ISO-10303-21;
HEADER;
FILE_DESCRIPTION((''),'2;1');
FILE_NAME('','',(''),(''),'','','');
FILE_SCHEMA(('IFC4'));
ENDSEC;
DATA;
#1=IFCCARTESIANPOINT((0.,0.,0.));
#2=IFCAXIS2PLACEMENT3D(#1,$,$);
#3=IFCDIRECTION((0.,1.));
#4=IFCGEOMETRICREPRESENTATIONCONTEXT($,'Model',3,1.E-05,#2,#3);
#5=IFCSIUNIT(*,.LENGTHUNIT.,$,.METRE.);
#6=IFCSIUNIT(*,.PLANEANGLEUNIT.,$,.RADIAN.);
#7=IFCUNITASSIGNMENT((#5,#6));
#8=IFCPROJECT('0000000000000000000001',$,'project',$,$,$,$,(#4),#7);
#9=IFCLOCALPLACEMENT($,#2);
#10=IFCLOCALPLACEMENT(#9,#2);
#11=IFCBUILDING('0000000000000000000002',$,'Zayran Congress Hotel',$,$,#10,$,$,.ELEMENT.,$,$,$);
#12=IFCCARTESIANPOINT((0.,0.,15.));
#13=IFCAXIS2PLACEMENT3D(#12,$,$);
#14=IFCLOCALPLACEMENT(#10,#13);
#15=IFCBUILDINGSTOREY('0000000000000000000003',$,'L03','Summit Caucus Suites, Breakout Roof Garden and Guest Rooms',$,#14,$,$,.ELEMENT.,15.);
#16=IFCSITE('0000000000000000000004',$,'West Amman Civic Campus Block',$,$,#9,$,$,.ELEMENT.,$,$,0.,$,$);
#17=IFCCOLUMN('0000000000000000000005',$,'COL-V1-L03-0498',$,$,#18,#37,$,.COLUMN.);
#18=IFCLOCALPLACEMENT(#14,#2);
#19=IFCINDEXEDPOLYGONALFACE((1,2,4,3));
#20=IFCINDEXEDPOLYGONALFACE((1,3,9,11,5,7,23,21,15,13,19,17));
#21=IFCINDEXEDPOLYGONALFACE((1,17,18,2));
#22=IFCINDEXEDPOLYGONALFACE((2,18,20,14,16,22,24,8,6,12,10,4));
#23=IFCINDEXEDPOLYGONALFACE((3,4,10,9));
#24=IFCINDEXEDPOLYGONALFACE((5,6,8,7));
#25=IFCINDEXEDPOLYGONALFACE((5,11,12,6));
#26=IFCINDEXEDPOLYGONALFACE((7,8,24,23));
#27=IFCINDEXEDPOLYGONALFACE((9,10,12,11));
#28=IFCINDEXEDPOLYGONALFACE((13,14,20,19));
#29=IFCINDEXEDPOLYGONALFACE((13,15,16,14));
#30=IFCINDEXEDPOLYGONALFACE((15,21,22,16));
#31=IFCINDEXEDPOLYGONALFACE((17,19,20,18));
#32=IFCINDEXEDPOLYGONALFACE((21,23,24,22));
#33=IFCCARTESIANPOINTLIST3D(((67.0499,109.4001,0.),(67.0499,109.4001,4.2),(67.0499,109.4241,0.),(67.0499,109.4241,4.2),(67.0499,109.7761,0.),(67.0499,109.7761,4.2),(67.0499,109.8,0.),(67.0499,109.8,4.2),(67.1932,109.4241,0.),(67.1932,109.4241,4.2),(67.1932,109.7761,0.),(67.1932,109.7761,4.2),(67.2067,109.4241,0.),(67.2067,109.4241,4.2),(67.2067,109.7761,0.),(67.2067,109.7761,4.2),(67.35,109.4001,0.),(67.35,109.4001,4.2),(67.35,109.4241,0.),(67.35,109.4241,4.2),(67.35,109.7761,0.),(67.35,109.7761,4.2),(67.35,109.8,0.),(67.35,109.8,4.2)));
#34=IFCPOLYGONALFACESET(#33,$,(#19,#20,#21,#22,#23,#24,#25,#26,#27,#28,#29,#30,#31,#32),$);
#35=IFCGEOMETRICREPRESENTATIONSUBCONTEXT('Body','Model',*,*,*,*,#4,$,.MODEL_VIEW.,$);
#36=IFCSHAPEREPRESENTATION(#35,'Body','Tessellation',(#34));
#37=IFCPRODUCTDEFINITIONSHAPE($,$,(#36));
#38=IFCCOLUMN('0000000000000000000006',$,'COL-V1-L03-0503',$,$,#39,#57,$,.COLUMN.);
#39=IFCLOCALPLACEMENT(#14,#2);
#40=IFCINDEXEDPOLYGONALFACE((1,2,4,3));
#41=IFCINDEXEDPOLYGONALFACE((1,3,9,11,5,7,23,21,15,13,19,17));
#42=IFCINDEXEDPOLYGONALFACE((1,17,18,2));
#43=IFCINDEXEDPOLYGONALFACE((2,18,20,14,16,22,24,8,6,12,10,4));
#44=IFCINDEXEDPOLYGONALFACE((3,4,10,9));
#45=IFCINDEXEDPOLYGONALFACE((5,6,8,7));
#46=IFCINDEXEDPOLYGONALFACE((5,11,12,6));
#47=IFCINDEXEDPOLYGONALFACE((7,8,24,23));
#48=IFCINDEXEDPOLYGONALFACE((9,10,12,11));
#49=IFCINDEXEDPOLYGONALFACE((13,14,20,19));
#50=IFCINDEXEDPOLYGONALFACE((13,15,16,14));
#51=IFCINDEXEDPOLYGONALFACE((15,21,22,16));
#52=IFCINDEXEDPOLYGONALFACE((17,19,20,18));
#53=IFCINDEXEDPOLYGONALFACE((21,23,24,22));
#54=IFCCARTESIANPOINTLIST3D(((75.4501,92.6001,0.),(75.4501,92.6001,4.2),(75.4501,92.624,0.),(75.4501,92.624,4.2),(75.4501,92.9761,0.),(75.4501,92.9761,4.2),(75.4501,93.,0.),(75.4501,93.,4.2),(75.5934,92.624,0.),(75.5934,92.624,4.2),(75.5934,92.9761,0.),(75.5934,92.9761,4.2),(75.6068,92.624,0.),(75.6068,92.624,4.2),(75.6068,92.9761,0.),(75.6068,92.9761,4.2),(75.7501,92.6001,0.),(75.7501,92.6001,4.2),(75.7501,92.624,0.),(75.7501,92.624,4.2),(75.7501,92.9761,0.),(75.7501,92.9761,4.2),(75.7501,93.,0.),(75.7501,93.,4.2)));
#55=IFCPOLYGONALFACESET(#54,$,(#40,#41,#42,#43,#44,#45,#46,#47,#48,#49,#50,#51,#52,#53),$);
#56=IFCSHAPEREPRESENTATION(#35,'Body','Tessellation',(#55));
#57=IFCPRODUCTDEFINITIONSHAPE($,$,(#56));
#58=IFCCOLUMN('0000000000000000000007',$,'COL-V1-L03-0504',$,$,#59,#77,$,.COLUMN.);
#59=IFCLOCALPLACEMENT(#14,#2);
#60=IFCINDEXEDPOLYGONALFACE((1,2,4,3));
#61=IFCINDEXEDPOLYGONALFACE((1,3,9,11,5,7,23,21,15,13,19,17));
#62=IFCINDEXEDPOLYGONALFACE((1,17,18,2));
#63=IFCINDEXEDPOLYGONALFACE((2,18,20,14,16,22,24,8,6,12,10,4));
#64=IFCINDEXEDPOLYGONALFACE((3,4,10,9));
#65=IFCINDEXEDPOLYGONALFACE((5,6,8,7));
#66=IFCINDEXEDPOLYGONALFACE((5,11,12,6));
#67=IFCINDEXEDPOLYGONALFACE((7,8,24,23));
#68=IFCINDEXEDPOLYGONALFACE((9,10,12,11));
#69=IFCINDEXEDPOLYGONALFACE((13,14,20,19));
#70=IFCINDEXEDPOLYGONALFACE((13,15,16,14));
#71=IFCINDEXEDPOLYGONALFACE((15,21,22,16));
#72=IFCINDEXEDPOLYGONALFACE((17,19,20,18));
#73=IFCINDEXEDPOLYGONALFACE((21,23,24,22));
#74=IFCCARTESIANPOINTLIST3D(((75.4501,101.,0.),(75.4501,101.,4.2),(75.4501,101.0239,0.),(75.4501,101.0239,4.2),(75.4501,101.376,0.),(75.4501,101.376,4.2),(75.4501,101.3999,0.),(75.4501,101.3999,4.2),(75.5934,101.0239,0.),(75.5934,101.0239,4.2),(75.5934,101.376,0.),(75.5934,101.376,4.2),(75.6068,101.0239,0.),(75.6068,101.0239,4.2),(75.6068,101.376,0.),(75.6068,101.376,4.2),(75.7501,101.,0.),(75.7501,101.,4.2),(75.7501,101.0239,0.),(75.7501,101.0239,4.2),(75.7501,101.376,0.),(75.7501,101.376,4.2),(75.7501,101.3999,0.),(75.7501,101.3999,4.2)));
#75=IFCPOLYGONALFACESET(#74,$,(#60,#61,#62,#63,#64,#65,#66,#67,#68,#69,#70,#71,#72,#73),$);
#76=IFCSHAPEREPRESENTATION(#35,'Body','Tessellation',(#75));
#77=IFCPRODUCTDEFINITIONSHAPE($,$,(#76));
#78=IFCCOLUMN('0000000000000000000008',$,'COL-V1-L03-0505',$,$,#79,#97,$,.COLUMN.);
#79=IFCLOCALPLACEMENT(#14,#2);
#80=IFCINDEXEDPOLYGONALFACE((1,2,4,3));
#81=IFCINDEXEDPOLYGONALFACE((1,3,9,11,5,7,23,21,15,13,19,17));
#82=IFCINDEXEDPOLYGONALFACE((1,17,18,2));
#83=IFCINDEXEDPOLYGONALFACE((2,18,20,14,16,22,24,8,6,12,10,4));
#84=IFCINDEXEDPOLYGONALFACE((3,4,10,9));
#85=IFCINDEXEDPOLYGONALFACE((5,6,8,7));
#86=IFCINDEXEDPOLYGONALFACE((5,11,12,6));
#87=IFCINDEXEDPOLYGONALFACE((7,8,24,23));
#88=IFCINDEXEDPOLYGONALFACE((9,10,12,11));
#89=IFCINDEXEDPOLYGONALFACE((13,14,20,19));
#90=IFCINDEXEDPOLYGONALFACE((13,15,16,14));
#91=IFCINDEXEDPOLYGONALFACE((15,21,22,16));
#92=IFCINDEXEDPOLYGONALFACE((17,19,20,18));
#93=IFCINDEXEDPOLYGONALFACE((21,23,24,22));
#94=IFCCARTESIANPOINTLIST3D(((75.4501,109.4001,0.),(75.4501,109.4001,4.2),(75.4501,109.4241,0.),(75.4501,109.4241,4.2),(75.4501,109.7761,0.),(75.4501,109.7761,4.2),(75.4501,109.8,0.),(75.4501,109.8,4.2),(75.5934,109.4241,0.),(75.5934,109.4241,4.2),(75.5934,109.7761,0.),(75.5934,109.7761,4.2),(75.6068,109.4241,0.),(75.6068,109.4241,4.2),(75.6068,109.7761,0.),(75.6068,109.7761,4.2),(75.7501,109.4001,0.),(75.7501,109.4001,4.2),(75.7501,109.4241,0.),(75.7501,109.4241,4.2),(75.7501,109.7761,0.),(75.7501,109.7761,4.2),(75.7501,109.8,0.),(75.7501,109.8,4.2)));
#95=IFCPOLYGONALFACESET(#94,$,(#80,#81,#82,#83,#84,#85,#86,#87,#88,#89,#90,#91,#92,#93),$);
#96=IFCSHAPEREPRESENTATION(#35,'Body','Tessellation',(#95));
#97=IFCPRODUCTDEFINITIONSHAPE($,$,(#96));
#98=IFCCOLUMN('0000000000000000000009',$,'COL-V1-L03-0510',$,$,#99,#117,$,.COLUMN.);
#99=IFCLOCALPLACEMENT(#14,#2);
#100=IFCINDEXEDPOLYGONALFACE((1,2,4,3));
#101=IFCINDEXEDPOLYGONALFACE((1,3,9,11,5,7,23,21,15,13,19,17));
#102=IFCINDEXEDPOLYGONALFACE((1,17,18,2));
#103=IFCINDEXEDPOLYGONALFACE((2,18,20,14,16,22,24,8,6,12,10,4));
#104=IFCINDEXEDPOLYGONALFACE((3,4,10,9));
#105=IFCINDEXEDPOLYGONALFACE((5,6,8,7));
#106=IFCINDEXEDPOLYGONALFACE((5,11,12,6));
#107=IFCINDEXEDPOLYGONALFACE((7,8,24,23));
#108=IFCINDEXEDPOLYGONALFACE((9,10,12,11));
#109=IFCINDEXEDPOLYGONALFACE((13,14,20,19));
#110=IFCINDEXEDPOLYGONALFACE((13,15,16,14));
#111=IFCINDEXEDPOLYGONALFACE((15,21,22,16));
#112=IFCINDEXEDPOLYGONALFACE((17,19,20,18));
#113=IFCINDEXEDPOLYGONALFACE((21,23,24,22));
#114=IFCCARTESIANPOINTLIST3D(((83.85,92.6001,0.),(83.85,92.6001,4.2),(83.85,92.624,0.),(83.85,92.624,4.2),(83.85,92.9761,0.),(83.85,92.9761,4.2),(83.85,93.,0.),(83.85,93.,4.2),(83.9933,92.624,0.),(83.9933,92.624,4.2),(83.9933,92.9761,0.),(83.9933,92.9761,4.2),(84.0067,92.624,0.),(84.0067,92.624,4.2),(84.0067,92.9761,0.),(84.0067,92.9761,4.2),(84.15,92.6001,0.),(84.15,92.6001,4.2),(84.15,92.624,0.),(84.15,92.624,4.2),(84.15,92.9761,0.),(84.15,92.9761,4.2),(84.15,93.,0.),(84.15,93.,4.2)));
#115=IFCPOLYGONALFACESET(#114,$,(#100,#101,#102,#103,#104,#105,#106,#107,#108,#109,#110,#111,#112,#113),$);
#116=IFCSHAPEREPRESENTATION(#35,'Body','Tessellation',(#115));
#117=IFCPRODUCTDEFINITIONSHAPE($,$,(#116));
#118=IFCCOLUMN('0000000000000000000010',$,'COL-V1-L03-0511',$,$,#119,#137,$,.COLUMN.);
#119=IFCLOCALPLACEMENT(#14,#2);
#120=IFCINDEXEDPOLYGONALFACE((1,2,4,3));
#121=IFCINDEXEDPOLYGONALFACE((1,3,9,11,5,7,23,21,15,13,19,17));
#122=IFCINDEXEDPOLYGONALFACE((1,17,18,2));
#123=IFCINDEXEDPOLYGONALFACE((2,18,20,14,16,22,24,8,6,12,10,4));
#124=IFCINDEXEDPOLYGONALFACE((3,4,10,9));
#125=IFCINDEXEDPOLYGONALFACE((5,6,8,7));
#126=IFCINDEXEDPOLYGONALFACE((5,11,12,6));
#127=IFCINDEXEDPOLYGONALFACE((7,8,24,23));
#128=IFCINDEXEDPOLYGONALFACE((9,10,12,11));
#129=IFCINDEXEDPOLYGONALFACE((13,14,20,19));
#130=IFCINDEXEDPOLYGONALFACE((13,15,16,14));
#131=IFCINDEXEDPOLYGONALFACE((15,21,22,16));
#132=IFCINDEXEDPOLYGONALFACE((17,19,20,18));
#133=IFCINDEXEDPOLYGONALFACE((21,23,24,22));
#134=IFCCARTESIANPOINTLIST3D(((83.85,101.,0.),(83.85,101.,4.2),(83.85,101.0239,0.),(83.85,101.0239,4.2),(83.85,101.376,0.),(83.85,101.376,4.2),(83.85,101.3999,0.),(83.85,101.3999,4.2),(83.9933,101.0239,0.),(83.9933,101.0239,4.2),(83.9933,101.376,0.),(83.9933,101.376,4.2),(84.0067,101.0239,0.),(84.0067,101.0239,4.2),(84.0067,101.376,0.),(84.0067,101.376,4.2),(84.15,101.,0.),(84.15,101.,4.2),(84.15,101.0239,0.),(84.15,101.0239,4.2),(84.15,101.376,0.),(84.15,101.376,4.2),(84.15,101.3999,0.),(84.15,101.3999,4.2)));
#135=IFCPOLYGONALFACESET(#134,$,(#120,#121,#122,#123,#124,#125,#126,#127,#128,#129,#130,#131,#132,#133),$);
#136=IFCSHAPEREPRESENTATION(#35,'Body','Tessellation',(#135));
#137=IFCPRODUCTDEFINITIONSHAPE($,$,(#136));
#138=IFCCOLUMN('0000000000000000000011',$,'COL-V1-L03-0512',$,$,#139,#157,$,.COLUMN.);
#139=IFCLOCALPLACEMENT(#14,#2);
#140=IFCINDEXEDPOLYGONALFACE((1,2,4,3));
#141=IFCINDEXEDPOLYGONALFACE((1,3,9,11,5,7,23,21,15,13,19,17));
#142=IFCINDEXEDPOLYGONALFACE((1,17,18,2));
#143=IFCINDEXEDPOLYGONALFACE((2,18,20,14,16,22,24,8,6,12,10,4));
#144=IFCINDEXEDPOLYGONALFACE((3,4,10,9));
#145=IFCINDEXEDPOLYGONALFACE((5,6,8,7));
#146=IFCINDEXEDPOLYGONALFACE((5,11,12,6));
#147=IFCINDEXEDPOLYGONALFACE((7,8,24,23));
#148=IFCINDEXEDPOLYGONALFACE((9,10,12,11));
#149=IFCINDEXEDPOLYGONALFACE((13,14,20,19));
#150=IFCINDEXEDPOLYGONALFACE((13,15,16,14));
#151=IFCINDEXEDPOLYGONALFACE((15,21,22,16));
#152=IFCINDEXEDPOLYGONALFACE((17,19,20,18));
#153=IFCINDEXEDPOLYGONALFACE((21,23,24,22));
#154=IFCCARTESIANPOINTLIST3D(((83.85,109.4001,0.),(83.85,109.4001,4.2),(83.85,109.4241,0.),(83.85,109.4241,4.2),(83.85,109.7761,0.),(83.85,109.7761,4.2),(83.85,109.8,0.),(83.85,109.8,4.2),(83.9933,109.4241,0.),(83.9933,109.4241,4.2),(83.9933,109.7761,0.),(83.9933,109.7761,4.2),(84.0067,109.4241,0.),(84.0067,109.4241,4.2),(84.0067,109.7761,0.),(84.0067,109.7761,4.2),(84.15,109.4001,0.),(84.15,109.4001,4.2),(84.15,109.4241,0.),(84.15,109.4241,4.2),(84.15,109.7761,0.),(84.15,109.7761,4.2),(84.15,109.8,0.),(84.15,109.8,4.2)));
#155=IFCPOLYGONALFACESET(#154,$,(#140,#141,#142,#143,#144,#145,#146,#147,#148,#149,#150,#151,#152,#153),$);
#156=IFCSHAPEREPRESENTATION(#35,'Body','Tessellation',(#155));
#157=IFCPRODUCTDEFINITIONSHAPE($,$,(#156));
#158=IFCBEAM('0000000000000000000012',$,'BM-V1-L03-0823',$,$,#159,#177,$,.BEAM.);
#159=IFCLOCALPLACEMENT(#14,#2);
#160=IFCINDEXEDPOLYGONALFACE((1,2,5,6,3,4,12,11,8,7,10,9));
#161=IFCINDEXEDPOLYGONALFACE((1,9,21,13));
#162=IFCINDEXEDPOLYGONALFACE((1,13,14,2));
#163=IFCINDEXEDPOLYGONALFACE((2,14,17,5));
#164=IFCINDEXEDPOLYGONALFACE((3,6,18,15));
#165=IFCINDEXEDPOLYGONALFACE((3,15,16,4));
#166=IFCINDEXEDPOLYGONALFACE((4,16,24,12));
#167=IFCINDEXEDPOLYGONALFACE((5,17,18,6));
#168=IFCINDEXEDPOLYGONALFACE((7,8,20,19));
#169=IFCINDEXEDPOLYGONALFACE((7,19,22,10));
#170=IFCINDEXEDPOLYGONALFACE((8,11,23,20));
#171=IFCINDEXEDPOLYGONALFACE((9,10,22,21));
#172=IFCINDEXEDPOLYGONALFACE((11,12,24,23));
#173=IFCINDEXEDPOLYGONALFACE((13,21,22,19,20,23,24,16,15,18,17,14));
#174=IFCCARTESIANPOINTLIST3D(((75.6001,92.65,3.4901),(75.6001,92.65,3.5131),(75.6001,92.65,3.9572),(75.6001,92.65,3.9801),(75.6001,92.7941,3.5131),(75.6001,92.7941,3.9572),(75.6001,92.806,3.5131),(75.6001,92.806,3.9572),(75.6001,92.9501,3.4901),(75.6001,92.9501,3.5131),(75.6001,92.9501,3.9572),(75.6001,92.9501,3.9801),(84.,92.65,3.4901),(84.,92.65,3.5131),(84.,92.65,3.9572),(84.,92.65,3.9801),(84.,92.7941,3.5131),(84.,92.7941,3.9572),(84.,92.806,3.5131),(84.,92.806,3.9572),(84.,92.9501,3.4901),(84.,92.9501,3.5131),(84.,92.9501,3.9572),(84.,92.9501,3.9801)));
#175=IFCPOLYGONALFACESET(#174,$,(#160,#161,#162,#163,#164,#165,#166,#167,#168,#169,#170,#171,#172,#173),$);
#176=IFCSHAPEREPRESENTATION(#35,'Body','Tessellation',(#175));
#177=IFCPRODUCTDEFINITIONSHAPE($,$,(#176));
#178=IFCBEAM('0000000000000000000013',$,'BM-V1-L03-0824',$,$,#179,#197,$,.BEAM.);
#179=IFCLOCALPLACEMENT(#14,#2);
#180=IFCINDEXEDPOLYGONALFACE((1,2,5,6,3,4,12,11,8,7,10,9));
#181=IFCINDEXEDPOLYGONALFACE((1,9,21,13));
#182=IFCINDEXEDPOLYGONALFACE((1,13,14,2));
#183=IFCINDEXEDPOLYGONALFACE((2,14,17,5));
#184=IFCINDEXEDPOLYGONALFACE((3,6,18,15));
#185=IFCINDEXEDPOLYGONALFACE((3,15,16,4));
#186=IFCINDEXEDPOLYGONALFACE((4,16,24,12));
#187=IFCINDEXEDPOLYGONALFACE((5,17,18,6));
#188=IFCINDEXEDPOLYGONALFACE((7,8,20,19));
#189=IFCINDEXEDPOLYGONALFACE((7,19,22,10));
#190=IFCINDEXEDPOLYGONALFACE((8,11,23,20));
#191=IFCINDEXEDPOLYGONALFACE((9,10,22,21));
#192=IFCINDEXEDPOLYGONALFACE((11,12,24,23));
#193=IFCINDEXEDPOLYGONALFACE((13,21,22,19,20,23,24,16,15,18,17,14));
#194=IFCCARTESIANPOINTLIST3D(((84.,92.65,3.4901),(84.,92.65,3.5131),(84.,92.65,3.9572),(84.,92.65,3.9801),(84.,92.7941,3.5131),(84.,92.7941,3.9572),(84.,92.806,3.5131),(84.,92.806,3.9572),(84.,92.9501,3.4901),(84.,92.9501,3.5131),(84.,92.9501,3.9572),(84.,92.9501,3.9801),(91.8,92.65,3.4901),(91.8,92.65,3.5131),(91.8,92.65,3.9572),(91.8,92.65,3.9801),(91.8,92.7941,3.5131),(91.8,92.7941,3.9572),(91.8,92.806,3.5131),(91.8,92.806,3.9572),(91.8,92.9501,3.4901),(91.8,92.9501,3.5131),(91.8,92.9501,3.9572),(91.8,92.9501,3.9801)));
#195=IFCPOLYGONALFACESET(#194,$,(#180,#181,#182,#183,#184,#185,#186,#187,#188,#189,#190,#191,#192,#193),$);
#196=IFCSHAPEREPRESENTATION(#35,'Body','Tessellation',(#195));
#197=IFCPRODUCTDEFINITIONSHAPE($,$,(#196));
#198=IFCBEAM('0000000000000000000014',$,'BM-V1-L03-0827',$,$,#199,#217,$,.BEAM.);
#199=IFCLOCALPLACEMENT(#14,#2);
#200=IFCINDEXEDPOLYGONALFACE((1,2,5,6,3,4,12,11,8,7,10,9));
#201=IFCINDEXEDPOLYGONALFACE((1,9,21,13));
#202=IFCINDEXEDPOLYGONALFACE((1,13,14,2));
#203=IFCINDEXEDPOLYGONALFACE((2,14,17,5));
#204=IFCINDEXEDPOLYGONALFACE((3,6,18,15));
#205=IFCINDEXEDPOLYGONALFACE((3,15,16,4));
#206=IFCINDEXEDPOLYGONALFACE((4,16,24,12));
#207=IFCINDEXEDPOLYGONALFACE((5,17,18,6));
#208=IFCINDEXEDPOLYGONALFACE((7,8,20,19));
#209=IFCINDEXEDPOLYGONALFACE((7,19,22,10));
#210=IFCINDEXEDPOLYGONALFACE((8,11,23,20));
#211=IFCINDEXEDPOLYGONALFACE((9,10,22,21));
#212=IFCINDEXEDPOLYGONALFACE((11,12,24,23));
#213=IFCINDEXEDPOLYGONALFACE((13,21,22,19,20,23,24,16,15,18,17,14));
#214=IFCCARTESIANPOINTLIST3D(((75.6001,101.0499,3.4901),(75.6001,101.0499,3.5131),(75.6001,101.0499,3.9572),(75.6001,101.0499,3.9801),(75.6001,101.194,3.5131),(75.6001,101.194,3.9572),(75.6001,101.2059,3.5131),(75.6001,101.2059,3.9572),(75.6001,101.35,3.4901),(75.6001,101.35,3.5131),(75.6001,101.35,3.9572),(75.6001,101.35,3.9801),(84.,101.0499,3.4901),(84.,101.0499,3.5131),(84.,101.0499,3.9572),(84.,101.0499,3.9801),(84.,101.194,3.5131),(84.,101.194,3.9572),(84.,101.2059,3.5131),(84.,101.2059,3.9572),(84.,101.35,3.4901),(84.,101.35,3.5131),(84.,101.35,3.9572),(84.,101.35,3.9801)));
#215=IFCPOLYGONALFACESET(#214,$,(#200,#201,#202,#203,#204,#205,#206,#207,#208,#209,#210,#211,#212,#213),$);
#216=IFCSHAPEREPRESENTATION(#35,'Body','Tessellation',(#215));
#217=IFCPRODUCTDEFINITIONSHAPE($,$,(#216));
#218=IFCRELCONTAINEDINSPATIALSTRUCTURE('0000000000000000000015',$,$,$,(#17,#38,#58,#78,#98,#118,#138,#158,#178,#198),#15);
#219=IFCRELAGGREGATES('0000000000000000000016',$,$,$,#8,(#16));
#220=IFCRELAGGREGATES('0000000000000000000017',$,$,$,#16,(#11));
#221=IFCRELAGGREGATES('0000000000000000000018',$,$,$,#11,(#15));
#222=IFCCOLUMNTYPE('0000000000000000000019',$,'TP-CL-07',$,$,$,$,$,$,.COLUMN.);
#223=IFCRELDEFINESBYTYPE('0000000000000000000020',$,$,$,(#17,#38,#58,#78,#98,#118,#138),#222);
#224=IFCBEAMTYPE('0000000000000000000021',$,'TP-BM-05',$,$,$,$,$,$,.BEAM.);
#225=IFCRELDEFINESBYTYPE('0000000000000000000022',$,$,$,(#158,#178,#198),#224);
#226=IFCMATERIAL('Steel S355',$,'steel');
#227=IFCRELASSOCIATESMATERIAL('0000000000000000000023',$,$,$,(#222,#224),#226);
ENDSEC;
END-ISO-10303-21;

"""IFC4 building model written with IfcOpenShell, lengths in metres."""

from ifc_helpers import new_model, si_unit, direction, frame, origin, origin_2d, place, context, subcontext, project, spatial, i_section, extrude, material, material_profile, profile_set, type_object, element, save


model = new_model("IFC4")

# Units and contexts
model_context = context("Model", 3, precision=1e-05, world=origin(), true_north=direction((0.0, 1.0)))
body_context = subcontext(model_context, "Body", "Model", "MODEL_VIEW")
ifc_project = project(units=[si_unit("LENGTHUNIT", "METRE"), si_unit("PLANEANGLEUNIT", "RADIAN")], contexts=[model_context])

# Site, building, storey
site_placement = place(None, origin())
site = spatial("IfcSite", under=ifc_project, at=site_placement, Name="West Amman Civic Campus Block", CompositionType="ELEMENT", RefElevation=0.0)
building_placement = place(site_placement, origin())
building = spatial("IfcBuilding", under=site, at=building_placement, Name="Zayran Congress Hotel", CompositionType="ELEMENT")
storey_placement = place(building_placement, frame((0.0, 0.0, 15.0)))
storey = spatial("IfcBuildingStorey", under=building, at=storey_placement, Name="L03", Description="Summit Caucus Suites, Breakout Roof Garden and Guest Rooms", CompositionType="ELEMENT", Elevation=15.0)

# Columns
ifc_material_1 = material(Name="Steel S355", Category="steel")
ifc_material_profile_1 = material_profile(ifc_material_1, i_section(OverallWidth=0.3, OverallDepth=0.3999, WebThickness=0.0134, FlangeThickness=0.0239, at=origin_2d()), Name="HEB 400")
ifc_profile_set_1 = profile_set([ifc_material_profile_1], Name="Steel S355")
column_type = type_object("IfcColumnType", Name="TP-CL-07", PredefinedType="COLUMN", material=ifc_profile_set_1)
for number, where, z_axis, x_axis, name in (
    (1, (67.2, 109.6001, 0.0), (0.0, 0.0, 1.0), (1.0, 0.0, 0.0), "COL-V1-L03-0498"),
    (2, (75.6001, 92.8, 0.0), (0.0, 0.0, 1.0), (1.0, 0.0, 0.0), "COL-V1-L03-0503"),
    (3, (75.6001, 101.2, 0.0), (0.0, 0.0, 1.0), (1.0, 0.0, 0.0), "COL-V1-L03-0504"),
    (4, (75.6001, 109.6001, 0.0), (0.0, 0.0, 1.0), (1.0, 0.0, 0.0), "COL-V1-L03-0505"),
    (5, (84.0, 92.8, 0.0), (0.0, 0.0, 1.0), (1.0, 0.0, 0.0), "COL-V1-L03-0510"),
    (6, (84.0, 101.2, 0.0), (0.0, 0.0, 1.0), (1.0, 0.0, 0.0), "COL-V1-L03-0511"),
    (7, (84.0, 109.6001, 0.0), (0.0, 0.0, 1.0), (1.0, 0.0, 0.0), "COL-V1-L03-0512"),
):
    element("IfcColumn", number, at=place(storey_placement, frame(where, z_axis=z_axis, x_axis=x_axis)), inside=storey, type_object=column_type, Name=name, PredefinedType="COLUMN", context=body_context, shape_type="SweptSolid", body=[
        extrude(i_section(OverallWidth=0.3, OverallDepth=0.3999, WebThickness=0.0134, FlangeThickness=0.0239, at=origin_2d()), origin(), (0.0, 0.0, 1.0), 4.2),
    ])

# Beams
ifc_material_profile_2 = material_profile(ifc_material_1, i_section(OverallWidth=0.3, OverallDepth=0.49, WebThickness=0.012, FlangeThickness=0.0229, at=origin_2d()), Name="HEA 500")
ifc_profile_set_2 = profile_set([ifc_material_profile_2], Name="Steel S355")
beam_type_1 = type_object("IfcBeamType", Name="TP-BM-05", PredefinedType="BEAM", material=ifc_profile_set_2)
beam_1_placement = place(storey_placement, frame((75.6001, 92.8, 3.7351), z_axis=(1.0, 0.0, 0.0), x_axis=(0.0, 1.0, 0.0)))
element("IfcBeam", 8, at=beam_1_placement, inside=storey, type_object=beam_type_1, Name="BM-V1-L03-0823", PredefinedType="BEAM", context=body_context, shape_type="SweptSolid", body=[
    extrude(i_section(OverallWidth=0.3, OverallDepth=0.49, WebThickness=0.012, FlangeThickness=0.0229, at=origin_2d()), origin(), (0.0, 0.0, 1.0), 8.3999),
])
beam_2_placement = place(storey_placement, frame((84.0, 92.8, 3.7351), z_axis=(1.0, 0.0, 0.0), x_axis=(0.0, 1.0, 0.0)))
element("IfcBeam", 9, at=beam_2_placement, inside=storey, type_object=beam_type_1, Name="BM-V1-L03-0824", PredefinedType="BEAM", context=body_context, shape_type="SweptSolid", body=[
    extrude(i_section(OverallWidth=0.3, OverallDepth=0.49, WebThickness=0.012, FlangeThickness=0.0229, at=origin_2d()), origin(), (0.0, 0.0, 1.0), 7.8),
])
beam_3_placement = place(storey_placement, frame((75.6001, 101.2, 3.7351), z_axis=(1.0, 0.0, 0.0), x_axis=(0.0, 1.0, 0.0)))
element("IfcBeam", 10, at=beam_3_placement, inside=storey, type_object=beam_type_1, Name="BM-V1-L03-0827", PredefinedType="BEAM", context=body_context, shape_type="SweptSolid", body=[
    extrude(i_section(OverallWidth=0.3, OverallDepth=0.49, WebThickness=0.012, FlangeThickness=0.0229, at=origin_2d()), origin(), (0.0, 0.0, 1.0), 8.3999),
])

save(model, "model.ifc")
